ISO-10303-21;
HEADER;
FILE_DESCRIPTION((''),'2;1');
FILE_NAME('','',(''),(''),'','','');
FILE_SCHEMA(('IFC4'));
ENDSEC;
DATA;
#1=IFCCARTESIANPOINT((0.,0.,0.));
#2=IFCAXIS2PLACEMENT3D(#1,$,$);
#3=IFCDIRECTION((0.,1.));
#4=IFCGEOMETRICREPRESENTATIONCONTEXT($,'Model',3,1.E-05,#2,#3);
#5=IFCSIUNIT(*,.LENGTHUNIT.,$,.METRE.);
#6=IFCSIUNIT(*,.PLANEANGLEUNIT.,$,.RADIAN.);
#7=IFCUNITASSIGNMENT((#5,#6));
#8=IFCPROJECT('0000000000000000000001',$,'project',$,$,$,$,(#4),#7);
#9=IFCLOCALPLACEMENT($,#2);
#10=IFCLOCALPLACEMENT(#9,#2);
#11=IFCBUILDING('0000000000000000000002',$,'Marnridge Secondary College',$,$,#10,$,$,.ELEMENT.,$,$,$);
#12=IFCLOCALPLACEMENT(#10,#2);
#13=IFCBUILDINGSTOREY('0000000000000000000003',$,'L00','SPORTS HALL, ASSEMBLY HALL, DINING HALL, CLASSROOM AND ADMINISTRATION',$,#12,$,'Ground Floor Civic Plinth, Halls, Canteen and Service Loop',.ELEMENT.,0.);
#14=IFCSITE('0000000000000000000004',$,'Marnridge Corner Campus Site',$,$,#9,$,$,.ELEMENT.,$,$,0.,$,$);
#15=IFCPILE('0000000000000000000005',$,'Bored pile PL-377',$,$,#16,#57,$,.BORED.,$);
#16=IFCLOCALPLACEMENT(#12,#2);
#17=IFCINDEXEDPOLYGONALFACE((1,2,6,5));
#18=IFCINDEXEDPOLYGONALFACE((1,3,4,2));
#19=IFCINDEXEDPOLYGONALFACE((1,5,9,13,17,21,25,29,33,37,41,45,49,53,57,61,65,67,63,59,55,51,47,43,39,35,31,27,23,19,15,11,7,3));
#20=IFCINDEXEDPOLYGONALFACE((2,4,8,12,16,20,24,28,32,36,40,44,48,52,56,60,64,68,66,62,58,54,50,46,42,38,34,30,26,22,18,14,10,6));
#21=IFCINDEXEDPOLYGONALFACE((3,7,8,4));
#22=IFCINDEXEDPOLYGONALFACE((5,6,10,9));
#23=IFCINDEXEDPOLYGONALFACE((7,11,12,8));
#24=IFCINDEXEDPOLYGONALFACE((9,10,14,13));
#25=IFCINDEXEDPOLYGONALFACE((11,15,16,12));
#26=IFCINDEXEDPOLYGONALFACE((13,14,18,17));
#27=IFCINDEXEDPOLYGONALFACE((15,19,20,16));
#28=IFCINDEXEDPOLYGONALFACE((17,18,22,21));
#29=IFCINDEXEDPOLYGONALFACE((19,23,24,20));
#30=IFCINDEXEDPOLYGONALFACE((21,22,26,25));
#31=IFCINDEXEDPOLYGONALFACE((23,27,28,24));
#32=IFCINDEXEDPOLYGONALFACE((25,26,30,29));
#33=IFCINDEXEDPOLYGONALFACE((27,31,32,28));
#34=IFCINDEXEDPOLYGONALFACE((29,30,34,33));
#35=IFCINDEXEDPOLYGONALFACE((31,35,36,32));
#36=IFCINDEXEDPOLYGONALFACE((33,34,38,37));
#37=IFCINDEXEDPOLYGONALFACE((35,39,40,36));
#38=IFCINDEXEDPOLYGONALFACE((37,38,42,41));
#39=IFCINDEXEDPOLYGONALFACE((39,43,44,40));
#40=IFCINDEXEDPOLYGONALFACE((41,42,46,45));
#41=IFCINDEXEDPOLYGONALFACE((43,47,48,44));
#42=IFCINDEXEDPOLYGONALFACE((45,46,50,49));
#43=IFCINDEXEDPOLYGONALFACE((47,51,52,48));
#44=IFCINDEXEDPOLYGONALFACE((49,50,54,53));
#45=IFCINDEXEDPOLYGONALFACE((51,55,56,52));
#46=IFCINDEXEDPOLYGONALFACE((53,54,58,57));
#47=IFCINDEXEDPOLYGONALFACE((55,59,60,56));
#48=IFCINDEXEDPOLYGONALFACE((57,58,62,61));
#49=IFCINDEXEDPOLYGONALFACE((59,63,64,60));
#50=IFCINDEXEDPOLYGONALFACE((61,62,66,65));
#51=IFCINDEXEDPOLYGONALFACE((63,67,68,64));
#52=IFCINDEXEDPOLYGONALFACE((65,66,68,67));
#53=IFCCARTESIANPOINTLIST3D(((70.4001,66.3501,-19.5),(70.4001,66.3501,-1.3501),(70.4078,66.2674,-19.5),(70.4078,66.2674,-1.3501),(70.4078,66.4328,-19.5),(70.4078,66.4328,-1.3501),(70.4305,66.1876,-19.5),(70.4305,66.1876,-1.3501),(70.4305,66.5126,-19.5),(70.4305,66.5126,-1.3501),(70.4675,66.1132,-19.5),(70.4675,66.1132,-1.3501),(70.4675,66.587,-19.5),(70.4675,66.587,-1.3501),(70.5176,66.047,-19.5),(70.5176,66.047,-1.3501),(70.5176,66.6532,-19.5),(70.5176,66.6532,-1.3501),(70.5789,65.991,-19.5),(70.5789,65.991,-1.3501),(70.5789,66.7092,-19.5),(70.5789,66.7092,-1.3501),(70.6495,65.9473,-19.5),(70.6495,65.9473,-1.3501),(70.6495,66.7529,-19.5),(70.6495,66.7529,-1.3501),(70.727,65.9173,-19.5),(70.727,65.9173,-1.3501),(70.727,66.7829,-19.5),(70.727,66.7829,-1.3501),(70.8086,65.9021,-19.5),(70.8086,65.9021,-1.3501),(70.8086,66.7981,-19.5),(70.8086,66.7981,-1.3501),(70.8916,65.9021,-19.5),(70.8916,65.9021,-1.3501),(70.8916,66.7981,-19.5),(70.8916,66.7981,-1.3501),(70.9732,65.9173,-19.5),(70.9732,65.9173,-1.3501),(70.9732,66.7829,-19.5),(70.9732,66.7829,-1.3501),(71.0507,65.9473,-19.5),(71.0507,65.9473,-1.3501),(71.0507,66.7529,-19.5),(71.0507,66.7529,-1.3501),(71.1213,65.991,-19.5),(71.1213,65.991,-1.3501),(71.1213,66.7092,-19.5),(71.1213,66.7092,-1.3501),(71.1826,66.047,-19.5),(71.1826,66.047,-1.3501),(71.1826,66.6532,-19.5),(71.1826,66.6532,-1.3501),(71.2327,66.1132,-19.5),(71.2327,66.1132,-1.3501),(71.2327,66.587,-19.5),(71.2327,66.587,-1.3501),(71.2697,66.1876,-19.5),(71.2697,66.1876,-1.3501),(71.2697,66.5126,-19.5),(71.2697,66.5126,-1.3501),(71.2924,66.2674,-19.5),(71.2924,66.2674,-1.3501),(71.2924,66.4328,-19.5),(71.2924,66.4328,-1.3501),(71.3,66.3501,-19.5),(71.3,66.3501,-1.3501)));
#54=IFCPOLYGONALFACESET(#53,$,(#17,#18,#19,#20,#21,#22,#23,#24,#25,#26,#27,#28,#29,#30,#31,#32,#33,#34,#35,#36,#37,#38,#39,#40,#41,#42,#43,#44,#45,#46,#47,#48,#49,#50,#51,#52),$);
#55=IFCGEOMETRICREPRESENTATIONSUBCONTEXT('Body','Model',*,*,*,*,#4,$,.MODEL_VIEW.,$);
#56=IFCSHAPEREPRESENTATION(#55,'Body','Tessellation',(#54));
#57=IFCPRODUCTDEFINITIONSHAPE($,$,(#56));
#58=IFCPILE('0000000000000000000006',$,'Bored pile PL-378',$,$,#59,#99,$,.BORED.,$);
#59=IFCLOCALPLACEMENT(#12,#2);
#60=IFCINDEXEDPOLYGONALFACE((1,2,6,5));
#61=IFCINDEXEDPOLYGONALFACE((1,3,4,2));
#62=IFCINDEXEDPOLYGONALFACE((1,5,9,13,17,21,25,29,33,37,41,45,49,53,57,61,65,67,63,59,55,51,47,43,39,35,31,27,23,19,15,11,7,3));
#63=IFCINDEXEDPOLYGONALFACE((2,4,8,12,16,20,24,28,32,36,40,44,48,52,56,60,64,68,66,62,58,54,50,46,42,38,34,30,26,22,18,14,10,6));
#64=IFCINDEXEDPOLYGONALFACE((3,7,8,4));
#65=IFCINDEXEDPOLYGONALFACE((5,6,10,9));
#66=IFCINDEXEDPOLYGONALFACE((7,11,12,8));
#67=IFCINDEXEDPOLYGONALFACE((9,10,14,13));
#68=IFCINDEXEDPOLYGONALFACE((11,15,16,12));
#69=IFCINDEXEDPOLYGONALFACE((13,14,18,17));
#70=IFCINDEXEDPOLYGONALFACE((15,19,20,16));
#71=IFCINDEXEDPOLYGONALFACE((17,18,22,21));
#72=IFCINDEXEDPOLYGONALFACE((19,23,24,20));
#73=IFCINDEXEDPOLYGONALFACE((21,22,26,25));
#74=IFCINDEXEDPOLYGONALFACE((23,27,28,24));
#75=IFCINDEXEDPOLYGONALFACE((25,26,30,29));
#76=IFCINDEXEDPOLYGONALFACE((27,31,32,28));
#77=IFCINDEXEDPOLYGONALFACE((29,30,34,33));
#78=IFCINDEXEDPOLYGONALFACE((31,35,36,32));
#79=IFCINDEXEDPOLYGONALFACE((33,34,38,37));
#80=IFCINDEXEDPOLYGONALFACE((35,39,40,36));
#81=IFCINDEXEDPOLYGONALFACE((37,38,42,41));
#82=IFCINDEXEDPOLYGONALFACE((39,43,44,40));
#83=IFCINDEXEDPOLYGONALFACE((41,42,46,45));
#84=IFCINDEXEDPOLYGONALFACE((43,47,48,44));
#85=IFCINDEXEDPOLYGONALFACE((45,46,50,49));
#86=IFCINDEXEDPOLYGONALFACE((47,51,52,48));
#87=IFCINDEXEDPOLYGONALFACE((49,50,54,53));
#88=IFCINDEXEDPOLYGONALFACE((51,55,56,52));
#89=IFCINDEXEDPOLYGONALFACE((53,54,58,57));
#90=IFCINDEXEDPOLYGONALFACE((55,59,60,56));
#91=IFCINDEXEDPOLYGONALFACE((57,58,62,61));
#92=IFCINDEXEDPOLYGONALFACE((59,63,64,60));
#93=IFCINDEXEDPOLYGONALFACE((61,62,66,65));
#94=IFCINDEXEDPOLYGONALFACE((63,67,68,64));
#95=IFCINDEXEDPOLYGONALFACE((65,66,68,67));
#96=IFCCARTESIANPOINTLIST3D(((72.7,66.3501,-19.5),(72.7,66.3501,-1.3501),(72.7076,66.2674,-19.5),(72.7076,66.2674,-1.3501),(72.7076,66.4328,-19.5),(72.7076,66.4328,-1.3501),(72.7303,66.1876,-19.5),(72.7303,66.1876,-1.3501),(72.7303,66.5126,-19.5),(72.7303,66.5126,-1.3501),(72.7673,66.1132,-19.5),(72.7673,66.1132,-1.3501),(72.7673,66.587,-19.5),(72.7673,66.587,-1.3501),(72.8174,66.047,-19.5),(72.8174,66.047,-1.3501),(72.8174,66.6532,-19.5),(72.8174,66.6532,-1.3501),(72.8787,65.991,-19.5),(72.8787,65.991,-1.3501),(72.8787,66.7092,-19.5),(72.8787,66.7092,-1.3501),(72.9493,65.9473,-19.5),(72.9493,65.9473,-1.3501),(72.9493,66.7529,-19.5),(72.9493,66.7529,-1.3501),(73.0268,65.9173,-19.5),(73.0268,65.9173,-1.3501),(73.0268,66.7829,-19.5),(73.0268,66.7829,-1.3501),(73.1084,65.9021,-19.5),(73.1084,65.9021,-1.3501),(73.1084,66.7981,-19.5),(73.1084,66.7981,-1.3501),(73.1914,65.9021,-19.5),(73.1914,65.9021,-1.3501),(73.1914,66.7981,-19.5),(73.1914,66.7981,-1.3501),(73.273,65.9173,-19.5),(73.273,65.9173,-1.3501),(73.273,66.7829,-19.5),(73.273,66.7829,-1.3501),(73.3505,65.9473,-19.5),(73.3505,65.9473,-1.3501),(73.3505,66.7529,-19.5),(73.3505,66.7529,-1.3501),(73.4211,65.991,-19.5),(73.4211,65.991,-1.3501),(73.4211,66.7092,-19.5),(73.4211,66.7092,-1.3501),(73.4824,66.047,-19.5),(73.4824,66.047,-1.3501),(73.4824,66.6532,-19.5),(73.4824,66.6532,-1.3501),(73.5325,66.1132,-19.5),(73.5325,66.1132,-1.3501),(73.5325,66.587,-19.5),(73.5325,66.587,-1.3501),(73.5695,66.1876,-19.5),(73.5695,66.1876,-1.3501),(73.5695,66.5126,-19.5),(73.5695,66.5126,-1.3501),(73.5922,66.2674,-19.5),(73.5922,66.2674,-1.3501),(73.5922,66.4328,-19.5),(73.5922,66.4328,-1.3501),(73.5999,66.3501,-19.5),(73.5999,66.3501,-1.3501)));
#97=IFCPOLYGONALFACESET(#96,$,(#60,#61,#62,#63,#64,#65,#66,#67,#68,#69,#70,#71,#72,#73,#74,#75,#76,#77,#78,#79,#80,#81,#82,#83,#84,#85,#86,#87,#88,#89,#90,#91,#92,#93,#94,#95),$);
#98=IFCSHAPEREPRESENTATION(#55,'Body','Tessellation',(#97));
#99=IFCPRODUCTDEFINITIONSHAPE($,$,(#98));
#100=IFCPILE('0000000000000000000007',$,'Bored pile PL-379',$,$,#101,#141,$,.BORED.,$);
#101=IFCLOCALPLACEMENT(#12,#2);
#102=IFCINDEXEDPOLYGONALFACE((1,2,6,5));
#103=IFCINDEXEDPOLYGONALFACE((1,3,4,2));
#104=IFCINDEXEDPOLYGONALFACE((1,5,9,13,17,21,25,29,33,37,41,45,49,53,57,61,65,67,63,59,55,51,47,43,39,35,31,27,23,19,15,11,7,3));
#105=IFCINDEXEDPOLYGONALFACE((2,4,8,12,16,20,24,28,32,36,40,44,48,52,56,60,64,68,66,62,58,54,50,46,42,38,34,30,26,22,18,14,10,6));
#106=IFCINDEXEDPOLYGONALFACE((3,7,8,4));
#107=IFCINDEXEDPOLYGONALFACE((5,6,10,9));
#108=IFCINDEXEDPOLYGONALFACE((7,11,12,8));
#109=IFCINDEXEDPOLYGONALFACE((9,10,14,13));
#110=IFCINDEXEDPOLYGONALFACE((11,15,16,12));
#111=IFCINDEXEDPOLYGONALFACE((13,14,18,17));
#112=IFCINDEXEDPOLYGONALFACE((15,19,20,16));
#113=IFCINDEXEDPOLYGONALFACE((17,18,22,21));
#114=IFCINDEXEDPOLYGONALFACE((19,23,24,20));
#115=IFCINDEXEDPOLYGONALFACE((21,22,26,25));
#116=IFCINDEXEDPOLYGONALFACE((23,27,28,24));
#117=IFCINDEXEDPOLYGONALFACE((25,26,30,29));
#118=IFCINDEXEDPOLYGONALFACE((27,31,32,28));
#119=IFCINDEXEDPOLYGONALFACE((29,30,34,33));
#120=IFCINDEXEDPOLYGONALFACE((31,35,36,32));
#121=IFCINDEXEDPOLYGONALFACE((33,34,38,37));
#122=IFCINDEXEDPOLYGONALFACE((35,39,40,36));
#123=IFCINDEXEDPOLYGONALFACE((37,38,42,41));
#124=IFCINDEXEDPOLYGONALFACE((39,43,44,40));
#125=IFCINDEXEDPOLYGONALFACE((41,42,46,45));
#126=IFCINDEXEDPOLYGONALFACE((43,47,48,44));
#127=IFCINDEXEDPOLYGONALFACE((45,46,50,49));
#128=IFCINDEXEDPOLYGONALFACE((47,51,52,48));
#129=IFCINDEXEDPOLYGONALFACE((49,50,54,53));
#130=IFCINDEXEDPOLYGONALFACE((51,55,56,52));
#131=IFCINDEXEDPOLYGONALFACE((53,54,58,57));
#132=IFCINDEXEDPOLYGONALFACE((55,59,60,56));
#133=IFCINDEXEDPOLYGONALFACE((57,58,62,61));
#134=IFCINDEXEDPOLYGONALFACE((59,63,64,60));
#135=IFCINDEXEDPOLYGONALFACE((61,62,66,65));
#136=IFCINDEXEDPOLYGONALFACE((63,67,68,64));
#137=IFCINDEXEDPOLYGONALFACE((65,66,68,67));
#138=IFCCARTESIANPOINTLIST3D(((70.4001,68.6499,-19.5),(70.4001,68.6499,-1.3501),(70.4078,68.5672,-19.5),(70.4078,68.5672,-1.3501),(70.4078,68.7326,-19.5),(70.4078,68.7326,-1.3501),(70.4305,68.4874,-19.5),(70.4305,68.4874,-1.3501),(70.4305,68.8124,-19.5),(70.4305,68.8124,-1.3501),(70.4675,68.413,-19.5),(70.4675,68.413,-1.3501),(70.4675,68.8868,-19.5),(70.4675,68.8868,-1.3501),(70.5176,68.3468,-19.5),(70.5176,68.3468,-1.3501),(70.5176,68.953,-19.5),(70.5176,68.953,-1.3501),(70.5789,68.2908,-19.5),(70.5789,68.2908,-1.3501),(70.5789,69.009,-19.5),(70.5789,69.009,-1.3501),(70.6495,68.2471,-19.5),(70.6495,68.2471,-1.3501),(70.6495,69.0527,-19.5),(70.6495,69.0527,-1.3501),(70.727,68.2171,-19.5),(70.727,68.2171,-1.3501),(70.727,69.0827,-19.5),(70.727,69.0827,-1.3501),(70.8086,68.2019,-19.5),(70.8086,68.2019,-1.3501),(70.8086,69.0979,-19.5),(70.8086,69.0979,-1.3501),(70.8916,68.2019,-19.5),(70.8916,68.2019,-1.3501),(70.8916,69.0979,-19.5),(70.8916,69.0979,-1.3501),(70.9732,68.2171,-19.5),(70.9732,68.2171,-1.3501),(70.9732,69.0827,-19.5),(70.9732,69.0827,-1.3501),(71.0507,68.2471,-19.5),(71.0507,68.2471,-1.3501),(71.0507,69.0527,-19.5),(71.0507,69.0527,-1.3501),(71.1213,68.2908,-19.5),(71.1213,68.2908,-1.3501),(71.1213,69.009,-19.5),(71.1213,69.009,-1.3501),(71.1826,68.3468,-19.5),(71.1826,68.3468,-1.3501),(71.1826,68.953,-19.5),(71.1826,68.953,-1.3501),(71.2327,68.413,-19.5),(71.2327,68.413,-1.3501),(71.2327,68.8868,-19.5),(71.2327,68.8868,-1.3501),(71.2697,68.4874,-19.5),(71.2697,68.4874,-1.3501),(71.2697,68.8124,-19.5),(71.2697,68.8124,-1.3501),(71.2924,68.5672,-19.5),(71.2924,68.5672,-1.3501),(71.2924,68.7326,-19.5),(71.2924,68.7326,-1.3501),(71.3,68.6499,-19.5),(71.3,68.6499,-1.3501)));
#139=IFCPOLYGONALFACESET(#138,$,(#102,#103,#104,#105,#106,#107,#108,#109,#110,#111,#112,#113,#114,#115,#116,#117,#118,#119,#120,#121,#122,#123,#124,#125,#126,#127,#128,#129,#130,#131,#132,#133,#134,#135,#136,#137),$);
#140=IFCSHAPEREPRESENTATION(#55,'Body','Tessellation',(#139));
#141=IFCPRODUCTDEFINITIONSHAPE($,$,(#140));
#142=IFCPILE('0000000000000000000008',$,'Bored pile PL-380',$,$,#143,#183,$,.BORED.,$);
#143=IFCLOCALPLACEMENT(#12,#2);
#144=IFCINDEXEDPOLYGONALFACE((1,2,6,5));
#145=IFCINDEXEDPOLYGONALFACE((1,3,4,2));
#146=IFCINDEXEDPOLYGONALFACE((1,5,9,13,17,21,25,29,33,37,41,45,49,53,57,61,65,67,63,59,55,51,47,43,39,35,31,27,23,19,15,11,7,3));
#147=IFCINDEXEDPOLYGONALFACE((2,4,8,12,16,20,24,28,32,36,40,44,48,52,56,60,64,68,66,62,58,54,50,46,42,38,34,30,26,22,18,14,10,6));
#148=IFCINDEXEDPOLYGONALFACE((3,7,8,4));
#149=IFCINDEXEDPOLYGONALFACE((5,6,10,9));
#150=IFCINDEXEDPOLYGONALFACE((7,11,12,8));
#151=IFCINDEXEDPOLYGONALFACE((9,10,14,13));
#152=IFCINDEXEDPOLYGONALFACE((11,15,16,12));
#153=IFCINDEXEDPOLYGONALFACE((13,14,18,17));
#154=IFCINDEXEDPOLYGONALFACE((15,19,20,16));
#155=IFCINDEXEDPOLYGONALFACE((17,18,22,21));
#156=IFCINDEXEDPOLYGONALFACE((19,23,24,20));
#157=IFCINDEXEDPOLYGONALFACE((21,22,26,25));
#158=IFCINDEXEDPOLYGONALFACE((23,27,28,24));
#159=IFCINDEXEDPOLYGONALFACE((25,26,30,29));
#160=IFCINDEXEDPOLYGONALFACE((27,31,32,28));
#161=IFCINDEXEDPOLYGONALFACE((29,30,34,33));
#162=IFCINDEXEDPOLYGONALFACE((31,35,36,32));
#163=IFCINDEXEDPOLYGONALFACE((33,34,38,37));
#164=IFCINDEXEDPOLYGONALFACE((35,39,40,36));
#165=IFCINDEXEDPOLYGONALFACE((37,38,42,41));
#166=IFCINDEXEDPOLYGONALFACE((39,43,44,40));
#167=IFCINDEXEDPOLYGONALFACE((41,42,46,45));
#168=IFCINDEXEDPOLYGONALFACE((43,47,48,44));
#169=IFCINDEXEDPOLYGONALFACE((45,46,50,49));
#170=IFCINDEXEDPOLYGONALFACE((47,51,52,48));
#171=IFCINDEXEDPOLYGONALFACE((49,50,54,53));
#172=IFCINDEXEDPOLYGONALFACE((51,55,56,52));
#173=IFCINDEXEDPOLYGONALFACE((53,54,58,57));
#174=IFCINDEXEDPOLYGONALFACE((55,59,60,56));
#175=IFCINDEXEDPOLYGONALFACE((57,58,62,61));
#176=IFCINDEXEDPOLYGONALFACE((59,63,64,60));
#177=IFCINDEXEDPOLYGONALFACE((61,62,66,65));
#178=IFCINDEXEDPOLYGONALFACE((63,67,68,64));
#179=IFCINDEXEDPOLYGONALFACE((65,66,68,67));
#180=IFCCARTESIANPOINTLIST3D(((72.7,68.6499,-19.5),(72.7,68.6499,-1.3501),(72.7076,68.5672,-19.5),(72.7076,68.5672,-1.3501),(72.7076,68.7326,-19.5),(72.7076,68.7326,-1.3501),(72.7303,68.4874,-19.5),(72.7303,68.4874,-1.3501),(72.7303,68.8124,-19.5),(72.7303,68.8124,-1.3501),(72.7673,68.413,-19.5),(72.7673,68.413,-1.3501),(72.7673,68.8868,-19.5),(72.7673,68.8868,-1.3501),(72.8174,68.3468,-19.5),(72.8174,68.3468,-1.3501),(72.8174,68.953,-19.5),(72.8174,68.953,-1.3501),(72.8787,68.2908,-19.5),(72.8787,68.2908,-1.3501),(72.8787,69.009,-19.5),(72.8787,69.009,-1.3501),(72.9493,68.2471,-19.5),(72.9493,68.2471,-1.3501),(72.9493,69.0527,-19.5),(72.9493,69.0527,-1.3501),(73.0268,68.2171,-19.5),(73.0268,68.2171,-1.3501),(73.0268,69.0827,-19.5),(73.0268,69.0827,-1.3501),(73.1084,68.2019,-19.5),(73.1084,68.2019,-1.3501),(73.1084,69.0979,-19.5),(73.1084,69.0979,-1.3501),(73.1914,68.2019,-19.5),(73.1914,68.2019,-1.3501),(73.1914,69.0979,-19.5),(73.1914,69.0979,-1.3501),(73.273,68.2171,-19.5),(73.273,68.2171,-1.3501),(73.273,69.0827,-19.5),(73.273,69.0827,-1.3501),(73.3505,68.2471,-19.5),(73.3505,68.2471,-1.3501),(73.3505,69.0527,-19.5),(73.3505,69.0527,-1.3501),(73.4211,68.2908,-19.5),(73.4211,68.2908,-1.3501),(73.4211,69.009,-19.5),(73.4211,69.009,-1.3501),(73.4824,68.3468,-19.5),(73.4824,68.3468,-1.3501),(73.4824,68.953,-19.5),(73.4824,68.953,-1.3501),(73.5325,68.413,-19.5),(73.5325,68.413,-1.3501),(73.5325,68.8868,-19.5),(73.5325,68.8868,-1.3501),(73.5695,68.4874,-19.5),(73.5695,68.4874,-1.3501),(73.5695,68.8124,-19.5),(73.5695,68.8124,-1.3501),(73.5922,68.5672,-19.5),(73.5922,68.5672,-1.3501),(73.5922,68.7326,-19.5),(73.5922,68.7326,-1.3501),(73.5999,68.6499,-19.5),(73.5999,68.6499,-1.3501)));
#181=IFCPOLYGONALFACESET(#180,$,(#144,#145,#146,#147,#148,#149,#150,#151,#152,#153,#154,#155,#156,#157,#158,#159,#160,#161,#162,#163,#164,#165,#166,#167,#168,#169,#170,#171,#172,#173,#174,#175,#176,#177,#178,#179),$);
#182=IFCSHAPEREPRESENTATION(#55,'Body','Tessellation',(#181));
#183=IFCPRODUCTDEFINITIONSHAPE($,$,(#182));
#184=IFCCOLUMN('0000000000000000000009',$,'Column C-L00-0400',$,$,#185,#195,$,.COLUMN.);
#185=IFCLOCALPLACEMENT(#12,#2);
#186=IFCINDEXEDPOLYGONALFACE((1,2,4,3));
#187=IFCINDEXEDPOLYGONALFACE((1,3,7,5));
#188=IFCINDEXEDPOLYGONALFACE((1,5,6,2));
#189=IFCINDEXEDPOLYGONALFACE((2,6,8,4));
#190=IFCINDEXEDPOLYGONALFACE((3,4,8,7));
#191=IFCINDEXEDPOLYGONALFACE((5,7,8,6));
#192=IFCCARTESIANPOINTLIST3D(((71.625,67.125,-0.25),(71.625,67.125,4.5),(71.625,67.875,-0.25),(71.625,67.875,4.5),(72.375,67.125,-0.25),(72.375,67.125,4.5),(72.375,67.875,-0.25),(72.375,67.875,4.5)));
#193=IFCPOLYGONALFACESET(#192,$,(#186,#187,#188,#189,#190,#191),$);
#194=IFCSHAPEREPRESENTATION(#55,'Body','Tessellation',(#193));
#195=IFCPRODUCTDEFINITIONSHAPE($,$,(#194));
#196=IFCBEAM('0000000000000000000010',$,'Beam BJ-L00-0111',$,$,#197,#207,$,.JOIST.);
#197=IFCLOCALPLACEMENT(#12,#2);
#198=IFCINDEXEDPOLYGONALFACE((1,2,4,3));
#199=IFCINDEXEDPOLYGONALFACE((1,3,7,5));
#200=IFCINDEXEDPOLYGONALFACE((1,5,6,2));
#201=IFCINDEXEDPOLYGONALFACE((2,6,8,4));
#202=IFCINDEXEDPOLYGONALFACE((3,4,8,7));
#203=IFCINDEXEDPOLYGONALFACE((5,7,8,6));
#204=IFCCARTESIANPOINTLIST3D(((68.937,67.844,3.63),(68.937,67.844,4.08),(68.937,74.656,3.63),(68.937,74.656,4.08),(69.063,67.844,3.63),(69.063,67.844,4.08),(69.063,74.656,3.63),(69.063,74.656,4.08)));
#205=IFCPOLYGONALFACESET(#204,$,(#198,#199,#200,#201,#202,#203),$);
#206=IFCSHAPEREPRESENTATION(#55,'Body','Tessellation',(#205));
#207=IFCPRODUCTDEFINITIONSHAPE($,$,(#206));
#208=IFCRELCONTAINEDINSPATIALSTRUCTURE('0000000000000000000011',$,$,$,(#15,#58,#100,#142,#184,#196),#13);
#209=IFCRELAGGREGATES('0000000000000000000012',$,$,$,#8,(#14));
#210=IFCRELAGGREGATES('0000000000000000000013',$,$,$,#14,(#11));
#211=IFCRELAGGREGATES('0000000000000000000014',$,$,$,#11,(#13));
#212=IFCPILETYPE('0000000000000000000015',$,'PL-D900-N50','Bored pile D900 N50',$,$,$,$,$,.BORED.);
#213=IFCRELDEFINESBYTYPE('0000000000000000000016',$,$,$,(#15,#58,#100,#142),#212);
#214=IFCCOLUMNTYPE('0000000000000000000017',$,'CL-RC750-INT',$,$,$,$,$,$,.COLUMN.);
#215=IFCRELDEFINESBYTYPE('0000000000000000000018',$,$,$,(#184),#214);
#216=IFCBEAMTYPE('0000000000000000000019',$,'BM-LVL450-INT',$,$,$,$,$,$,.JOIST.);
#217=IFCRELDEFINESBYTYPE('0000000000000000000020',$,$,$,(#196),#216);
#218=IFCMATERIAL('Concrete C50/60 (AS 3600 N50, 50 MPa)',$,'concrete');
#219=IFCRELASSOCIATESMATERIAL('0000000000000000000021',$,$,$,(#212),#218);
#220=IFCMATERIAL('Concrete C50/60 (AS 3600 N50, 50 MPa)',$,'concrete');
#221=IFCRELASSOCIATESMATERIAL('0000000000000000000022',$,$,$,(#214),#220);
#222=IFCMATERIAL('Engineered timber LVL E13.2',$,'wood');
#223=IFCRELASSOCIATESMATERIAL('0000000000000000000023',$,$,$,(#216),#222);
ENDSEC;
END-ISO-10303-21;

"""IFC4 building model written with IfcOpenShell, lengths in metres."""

from ifc_helpers import new_model, si_unit, direction, frame, origin, origin_2d, place, context, subcontext, project, spatial, rectangle, circle, extrude, material, material_profile, profile_set, type_object, element, save


model = new_model("IFC4")

# Units and contexts
model_context = context("Model", 3, precision=1e-05, world=origin(), true_north=direction((0.0, 1.0)))
body_context = subcontext(model_context, "Body", "Model", "MODEL_VIEW")
ifc_project = project(units=[si_unit("LENGTHUNIT", "METRE"), si_unit("PLANEANGLEUNIT", "RADIAN")], contexts=[model_context])

# Site, building, storey
site_placement = place(None, origin())
site = spatial("IfcSite", under=ifc_project, at=site_placement, Name="Marnridge Corner Campus Site", CompositionType="ELEMENT", RefElevation=0.0)
building_placement = place(site_placement, origin())
building = spatial("IfcBuilding", under=site, at=building_placement, Name="Marnridge Secondary College", CompositionType="ELEMENT")
storey_placement = place(building_placement, origin())
storey = spatial("IfcBuildingStorey", under=building, at=storey_placement, Name="L00", Description="SPORTS HALL, ASSEMBLY HALL, DINING HALL, CLASSROOM AND ADMINISTRATION", LongName="Ground Floor Civic Plinth, Halls, Canteen and Service Loop", CompositionType="ELEMENT", Elevation=0.0)

# Piles
ifc_material_1 = material(Name="Concrete C50/60 (AS 3600 N50, 50 MPa)", Category="concrete")
ifc_material_profile_1 = material_profile(ifc_material_1, circle(Radius=0.45, at=origin_2d()), Name="PILE D900")
ifc_profile_set_1 = profile_set([ifc_material_profile_1], Name="Concrete C50/60 (AS 3600 N50, 50 MPa)")
pile_type_1 = type_object("IfcPileType", Name="PL-D900-N50", Description="Bored pile D900 N50", PredefinedType="BORED", material=ifc_profile_set_1)
for number, where, z_axis, x_axis, name in (
    (1, (70.8501, 66.3501, -1.3501), (0.0, 0.0, -1.0), (1.0, 0.0, 0.0), "Bored pile PL-377"),
    (2, (73.1499, 66.3501, -1.3501), (0.0, 0.0, -1.0), (1.0, 0.0, 0.0), "Bored pile PL-378"),
    (3, (70.8501, 68.6499, -1.3501), (0.0, 0.0, -1.0), (1.0, 0.0, 0.0), "Bored pile PL-379"),
    (4, (73.1499, 68.6499, -1.3501), (0.0, 0.0, -1.0), (1.0, 0.0, 0.0), "Bored pile PL-380"),
):
    element("IfcPile", number, at=place(storey_placement, frame(where, z_axis=z_axis, x_axis=x_axis)), inside=storey, type_object=pile_type_1, Name=name, PredefinedType="BORED", context=body_context, shape_type="SweptSolid", body=[
        extrude(circle(Radius=0.45, at=origin_2d()), origin(), (0.0, 0.0, 1.0), 18.1499),
    ])

# Column
ifc_material_2 = material(Name="Concrete C50/60 (AS 3600 N50, 50 MPa)", Category="concrete")
ifc_material_profile_2 = material_profile(ifc_material_2, rectangle(XDim=0.75, YDim=0.75, at=origin_2d()), Name="RC 750x750")
ifc_profile_set_2 = profile_set([ifc_material_profile_2], Name="Concrete C50/60 (AS 3600 N50, 50 MPa)")
column_type = type_object("IfcColumnType", Name="CL-RC750-INT", PredefinedType="COLUMN", material=ifc_profile_set_2)
column_placement = place(storey_placement, frame((72.0, 67.5, -0.25), z_axis=(0.0, 0.0, 1.0), x_axis=(1.0, 0.0, 0.0)))
element("IfcColumn", 5, at=column_placement, inside=storey, type_object=column_type, Name="Column C-L00-0400", PredefinedType="COLUMN", context=body_context, shape_type="SweptSolid", body=[
    extrude(rectangle(XDim=0.75, YDim=0.75, at=origin_2d()), origin(), (0.0, 0.0, 1.0), 4.75),
])

# Beam
ifc_material_3 = material(Name="Engineered timber LVL E13.2", Category="wood")
ifc_material_profile_3 = material_profile(ifc_material_3, rectangle(XDim=0.126, YDim=0.45, at=origin_2d()), Name="LVL 126x450")
ifc_profile_set_3 = profile_set([ifc_material_profile_3], Name="Engineered timber LVL E13.2")
beam_type_1 = type_object("IfcBeamType", Name="BM-LVL450-INT", PredefinedType="JOIST", material=ifc_profile_set_3)
for number, where, z_axis, x_axis, name in (
    (6, (69.0, 67.844, 3.855), (0.0, 1.0, 0.0), (-1.0, 0.0, 0.0), "Beam BJ-L00-0111"),
):
    element("IfcBeam", number, at=place(storey_placement, frame(where, z_axis=z_axis, x_axis=x_axis)), inside=storey, type_object=beam_type_1, Name=name, PredefinedType="JOIST", context=body_context, shape_type="SweptSolid", body=[
        extrude(rectangle(XDim=0.126, YDim=0.45, at=origin_2d()), origin(), (0.0, 0.0, 1.0), 6.812),
    ])

save(model, "model.ifc")
